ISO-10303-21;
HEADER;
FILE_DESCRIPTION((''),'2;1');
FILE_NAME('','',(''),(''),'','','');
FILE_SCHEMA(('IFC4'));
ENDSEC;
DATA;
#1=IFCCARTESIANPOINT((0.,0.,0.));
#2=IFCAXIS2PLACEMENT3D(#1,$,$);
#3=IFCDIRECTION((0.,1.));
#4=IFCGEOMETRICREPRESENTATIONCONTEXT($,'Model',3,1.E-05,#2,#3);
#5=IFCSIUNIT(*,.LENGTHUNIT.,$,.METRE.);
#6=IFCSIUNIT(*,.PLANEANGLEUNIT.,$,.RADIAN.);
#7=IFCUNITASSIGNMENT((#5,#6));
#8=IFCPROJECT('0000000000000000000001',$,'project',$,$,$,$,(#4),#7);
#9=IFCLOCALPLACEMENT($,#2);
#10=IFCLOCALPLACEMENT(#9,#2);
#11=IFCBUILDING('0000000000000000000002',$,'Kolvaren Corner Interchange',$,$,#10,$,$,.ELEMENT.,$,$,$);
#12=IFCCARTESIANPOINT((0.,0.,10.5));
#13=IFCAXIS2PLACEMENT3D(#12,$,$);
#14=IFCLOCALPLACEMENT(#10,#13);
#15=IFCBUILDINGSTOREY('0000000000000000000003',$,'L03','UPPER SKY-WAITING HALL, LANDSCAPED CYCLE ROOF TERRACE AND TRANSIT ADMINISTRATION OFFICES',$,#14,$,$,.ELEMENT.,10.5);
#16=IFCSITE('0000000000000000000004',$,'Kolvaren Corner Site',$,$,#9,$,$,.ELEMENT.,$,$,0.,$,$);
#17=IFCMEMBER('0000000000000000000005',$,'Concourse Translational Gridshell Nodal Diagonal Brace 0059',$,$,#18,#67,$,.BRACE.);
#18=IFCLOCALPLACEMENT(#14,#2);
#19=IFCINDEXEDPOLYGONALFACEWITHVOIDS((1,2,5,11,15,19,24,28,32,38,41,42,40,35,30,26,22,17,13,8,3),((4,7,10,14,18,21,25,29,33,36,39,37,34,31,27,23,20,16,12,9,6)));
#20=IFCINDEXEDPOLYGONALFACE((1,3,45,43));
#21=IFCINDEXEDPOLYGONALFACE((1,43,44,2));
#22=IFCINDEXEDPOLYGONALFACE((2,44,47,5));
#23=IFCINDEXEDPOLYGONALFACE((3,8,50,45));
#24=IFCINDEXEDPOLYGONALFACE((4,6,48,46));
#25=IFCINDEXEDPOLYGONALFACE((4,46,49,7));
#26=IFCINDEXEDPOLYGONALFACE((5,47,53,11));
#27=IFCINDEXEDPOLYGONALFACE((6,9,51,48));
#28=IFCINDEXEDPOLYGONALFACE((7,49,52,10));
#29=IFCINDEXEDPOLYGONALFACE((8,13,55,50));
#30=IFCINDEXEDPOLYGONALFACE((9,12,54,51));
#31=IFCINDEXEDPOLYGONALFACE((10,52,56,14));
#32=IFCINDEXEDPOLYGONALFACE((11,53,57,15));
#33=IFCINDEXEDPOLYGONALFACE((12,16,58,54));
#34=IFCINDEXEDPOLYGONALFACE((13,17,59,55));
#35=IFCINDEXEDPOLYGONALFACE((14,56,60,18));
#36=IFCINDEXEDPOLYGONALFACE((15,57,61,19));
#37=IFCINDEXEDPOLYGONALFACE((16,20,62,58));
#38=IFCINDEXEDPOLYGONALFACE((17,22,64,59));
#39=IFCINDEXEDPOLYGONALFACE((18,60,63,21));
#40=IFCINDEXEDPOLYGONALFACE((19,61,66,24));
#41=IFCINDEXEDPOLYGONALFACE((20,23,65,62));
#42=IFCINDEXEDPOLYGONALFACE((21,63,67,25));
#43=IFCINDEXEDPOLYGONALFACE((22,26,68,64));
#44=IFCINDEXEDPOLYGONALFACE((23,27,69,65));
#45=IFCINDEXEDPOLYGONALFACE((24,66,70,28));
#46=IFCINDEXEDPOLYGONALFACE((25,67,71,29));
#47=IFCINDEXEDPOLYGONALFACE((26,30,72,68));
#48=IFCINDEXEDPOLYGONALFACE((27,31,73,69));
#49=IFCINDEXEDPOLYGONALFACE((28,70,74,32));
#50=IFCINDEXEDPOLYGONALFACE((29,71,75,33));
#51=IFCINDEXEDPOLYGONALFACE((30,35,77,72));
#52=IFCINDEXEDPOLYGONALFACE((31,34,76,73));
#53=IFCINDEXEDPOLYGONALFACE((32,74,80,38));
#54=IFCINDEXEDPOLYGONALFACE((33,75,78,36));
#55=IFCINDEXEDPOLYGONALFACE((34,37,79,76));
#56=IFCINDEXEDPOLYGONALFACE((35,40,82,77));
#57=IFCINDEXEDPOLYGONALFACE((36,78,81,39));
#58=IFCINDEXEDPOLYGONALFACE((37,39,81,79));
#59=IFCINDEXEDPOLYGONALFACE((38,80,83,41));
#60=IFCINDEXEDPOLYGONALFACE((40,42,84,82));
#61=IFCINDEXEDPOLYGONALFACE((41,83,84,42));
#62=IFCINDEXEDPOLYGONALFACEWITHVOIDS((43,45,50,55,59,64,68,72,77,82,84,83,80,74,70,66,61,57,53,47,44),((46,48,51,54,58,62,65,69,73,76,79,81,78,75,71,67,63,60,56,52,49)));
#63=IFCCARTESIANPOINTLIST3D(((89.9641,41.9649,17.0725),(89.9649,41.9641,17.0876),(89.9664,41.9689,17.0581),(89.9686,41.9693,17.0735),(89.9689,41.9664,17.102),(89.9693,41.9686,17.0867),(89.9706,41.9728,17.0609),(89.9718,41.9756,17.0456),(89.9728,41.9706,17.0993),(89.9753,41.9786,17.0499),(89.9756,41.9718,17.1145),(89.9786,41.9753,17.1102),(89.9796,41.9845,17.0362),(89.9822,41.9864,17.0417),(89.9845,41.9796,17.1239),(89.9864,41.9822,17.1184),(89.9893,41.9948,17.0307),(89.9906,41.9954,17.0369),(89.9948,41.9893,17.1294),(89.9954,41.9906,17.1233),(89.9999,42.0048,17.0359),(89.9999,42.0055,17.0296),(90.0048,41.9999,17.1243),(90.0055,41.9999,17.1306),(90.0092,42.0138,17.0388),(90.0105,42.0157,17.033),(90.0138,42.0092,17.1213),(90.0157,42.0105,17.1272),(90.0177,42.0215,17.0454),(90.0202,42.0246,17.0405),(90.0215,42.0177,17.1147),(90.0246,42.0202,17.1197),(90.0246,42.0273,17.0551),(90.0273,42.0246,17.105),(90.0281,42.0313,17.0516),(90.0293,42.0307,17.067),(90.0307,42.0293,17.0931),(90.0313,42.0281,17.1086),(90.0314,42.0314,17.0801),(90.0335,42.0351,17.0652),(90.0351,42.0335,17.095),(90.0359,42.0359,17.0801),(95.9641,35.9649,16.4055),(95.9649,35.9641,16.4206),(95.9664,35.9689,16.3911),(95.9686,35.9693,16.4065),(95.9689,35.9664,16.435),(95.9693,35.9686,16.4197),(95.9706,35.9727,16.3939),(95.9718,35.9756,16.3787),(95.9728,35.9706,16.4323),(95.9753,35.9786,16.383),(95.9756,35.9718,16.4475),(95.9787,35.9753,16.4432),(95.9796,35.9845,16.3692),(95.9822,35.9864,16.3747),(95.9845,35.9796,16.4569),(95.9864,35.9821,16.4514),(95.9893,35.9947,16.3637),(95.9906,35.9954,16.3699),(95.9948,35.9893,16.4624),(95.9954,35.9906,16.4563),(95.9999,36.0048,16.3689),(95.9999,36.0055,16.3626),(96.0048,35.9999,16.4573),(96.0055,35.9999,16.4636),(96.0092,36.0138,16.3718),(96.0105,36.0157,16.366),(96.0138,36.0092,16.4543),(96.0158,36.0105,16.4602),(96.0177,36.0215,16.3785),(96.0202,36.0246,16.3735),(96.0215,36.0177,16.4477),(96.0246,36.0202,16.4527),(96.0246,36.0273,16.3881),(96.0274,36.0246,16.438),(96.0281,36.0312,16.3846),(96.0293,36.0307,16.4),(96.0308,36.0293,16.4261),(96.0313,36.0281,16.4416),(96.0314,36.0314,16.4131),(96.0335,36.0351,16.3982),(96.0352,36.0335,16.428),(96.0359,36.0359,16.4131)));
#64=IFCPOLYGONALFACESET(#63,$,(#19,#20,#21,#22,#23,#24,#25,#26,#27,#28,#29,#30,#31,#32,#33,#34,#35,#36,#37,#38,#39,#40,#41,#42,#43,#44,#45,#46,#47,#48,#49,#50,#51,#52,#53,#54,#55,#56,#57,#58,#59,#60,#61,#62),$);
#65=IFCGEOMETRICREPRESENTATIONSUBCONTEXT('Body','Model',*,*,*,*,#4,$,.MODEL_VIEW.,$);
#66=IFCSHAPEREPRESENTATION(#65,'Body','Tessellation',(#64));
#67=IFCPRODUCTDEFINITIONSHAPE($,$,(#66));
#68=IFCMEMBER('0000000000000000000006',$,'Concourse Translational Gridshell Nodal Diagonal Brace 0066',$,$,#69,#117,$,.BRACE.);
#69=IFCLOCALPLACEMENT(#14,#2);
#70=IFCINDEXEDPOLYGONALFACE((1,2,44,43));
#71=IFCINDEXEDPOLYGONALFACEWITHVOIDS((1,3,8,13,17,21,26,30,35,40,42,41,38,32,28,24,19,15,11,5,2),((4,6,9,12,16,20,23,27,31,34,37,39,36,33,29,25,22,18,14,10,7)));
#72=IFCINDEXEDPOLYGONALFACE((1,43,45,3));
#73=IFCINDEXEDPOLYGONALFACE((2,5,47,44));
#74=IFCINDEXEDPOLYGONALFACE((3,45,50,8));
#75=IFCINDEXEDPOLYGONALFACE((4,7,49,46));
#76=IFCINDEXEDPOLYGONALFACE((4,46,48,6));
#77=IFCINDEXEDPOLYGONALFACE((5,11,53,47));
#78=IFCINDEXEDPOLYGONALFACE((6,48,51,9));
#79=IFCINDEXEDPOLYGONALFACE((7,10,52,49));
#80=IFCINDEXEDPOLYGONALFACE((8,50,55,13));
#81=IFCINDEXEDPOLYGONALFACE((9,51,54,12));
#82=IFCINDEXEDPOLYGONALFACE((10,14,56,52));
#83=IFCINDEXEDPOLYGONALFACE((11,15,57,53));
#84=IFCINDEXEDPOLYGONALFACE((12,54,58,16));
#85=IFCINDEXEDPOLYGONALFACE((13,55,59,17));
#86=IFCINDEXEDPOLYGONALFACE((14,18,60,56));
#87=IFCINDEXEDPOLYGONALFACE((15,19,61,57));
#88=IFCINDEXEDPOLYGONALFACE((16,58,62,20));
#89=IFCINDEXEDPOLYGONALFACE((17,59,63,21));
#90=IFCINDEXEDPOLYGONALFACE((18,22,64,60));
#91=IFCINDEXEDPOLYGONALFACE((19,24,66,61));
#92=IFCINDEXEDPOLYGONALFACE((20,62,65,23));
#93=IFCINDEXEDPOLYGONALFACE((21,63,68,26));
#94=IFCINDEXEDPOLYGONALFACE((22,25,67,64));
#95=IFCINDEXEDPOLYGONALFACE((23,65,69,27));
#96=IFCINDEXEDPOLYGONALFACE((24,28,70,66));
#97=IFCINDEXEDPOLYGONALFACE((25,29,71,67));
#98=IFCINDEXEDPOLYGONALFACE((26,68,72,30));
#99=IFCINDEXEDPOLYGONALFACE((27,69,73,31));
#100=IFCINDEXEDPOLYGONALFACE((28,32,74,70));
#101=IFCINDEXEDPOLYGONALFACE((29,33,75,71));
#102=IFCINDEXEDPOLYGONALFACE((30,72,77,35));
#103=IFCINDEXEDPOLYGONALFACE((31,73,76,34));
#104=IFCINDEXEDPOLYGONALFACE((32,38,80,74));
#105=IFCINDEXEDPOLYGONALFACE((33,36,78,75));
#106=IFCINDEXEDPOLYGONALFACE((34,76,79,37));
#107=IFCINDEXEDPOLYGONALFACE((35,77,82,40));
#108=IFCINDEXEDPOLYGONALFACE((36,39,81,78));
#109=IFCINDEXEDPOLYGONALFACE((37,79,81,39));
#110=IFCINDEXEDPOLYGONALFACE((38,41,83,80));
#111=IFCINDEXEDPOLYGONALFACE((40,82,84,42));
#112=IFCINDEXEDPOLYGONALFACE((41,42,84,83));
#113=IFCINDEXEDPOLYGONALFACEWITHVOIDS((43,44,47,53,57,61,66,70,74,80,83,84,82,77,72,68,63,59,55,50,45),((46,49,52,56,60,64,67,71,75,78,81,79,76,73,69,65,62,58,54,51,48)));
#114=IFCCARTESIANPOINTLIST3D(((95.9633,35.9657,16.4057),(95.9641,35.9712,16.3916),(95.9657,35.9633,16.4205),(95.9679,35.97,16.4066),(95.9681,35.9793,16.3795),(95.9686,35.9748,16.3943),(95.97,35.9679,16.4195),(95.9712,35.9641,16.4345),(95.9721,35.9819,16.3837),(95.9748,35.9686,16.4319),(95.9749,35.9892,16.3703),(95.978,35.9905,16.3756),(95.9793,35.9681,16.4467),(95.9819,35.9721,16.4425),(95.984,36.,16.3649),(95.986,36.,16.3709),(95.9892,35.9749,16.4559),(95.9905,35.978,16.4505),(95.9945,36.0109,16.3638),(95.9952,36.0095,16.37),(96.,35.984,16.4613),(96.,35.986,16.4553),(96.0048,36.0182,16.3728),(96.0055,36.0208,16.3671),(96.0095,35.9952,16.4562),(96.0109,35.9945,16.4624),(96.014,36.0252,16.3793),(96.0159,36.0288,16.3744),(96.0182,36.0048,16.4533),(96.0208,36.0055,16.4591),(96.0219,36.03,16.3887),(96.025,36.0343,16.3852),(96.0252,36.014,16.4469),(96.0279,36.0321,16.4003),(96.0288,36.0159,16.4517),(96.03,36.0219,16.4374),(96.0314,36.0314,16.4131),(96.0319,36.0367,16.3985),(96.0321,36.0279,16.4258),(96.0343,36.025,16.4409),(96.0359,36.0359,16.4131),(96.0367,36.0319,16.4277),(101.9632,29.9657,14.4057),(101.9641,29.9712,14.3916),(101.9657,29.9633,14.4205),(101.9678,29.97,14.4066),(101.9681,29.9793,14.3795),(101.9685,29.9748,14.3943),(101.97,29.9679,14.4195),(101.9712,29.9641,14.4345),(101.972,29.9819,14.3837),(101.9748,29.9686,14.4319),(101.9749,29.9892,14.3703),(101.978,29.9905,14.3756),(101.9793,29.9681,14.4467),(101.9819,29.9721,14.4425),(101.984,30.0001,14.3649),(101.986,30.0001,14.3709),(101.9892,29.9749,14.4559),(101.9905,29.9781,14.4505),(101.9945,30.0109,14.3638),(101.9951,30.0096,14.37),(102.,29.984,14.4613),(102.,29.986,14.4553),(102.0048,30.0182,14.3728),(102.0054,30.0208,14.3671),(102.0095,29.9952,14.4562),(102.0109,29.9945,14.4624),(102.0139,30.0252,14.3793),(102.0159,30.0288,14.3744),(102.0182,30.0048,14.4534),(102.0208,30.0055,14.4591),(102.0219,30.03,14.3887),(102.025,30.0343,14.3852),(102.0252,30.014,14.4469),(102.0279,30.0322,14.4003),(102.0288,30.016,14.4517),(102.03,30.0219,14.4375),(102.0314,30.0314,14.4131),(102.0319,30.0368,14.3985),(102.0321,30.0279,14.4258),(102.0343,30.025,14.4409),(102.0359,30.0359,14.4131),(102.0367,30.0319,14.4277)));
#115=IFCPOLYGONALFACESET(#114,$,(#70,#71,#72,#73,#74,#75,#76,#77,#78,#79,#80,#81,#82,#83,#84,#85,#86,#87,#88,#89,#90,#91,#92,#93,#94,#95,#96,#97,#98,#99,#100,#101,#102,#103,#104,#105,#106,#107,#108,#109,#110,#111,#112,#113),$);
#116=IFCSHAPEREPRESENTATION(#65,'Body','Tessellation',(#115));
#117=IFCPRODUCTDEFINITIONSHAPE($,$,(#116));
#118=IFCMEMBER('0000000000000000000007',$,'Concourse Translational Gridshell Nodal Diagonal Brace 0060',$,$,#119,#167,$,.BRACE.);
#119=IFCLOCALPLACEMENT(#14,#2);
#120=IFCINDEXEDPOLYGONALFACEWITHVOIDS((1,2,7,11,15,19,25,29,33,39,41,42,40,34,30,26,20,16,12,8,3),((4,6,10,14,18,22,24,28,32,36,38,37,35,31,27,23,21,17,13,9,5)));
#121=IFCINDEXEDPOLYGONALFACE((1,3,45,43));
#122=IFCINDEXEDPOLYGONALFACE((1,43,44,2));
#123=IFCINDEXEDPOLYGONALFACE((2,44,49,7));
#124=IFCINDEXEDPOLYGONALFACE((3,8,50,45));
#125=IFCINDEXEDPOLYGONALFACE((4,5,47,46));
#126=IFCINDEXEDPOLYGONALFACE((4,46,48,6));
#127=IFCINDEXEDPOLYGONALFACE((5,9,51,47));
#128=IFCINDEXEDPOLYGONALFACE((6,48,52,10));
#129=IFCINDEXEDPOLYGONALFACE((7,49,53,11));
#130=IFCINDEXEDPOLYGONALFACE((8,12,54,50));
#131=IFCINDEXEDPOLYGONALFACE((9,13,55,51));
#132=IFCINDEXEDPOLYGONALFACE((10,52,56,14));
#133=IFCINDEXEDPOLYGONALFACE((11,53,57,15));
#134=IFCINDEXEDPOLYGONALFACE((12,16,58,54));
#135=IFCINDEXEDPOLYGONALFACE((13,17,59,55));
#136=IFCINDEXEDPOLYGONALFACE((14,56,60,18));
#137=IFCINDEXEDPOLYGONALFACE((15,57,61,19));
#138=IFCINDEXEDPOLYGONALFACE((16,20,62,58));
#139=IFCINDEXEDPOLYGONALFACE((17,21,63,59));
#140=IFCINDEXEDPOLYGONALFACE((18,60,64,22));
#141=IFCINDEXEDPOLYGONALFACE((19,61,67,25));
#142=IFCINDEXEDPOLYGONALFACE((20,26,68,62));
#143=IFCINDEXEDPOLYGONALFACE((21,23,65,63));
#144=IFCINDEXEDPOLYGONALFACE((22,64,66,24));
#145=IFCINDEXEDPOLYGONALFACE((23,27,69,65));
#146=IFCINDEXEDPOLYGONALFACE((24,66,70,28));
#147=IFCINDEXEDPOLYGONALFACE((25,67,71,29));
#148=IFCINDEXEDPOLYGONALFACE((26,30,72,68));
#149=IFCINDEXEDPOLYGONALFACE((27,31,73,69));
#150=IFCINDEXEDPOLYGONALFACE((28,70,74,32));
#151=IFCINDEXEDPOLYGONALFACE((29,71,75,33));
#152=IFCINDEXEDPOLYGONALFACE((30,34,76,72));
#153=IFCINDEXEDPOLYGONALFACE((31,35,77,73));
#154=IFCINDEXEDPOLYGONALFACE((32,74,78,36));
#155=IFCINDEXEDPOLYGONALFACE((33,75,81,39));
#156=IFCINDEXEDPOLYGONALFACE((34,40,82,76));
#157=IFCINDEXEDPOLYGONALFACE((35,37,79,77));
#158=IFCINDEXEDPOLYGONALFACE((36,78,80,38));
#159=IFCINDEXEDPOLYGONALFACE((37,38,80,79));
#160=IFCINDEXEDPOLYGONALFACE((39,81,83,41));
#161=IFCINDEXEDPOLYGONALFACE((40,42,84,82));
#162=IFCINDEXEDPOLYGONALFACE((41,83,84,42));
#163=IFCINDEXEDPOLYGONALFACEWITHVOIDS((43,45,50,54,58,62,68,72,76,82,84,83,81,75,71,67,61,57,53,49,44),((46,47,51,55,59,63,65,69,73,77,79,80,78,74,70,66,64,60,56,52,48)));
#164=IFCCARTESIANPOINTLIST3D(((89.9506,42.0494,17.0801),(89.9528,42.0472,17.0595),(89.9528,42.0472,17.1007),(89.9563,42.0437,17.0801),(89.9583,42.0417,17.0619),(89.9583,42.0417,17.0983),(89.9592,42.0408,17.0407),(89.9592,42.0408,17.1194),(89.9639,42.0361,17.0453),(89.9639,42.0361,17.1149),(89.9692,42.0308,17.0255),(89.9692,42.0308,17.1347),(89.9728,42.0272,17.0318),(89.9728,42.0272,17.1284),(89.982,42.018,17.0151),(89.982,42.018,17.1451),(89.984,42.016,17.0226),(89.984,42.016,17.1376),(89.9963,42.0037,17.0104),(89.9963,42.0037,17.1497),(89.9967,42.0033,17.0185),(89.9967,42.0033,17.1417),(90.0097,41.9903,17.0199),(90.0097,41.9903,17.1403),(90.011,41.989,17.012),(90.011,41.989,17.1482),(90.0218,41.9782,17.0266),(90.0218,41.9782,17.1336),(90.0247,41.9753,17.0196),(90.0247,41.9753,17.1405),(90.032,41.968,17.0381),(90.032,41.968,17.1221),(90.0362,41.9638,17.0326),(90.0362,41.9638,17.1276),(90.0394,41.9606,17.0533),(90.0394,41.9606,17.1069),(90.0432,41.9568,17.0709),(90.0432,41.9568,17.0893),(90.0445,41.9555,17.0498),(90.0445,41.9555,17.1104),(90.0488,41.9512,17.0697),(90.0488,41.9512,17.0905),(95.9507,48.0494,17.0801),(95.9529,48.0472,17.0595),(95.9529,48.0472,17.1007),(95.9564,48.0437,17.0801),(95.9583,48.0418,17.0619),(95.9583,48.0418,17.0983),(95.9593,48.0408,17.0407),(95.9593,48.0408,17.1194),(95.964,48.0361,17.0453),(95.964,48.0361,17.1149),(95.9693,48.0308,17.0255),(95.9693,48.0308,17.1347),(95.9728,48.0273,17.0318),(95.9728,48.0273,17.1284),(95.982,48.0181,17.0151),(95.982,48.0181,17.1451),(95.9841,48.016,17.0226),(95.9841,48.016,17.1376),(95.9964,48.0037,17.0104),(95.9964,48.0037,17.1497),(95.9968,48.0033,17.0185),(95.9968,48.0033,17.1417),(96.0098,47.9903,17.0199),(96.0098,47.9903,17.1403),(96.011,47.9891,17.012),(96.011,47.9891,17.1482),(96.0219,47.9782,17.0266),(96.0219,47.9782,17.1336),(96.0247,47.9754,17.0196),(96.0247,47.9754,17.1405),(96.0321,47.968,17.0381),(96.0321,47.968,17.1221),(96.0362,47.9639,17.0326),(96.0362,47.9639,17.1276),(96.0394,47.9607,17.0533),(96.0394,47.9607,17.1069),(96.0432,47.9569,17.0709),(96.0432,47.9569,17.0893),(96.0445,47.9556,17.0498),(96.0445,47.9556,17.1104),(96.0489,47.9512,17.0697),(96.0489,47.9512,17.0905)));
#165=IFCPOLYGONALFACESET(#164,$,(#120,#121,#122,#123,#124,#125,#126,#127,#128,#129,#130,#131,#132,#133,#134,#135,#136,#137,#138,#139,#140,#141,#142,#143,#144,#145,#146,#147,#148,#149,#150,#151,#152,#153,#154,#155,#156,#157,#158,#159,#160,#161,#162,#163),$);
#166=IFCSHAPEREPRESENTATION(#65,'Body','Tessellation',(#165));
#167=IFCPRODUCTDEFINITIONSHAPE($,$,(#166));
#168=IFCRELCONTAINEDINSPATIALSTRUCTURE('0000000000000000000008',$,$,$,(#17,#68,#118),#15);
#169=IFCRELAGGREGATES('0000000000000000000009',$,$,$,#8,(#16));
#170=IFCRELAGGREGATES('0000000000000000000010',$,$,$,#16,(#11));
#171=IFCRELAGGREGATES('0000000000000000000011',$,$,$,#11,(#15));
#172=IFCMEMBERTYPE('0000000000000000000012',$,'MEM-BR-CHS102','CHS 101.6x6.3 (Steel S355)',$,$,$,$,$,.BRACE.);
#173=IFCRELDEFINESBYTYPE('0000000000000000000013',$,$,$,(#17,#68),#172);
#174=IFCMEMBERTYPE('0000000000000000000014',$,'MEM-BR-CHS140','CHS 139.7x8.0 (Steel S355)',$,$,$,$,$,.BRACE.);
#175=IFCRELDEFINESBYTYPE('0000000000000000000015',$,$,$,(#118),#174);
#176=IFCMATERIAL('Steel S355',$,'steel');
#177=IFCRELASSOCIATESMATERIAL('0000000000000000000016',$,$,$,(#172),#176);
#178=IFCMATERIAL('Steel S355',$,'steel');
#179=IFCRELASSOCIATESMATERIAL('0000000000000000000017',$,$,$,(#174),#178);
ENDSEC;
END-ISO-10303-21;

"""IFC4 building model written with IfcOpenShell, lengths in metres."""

from ifc_helpers import new_model, si_unit, direction, frame, origin, origin_2d, place, context, subcontext, project, spatial, hollow_circle, extrude, material, material_profile, profile_set, type_object, element, save


model = new_model("IFC4")

# Units and contexts
model_context = context("Model", 3, precision=1e-05, world=origin(), true_north=direction((0.0, 1.0)))
body_context = subcontext(model_context, "Body", "Model", "MODEL_VIEW")
ifc_project = project(units=[si_unit("LENGTHUNIT", "METRE"), si_unit("PLANEANGLEUNIT", "RADIAN")], contexts=[model_context])

# Site, building, storey
site_placement = place(None, origin())
site = spatial("IfcSite", under=ifc_project, at=site_placement, Name="Kolvaren Corner Site", CompositionType="ELEMENT", RefElevation=0.0)
building_placement = place(site_placement, origin())
building = spatial("IfcBuilding", under=site, at=building_placement, Name="Kolvaren Corner Interchange", CompositionType="ELEMENT")
storey_placement = place(building_placement, frame((0.0, 0.0, 10.5)))
storey = spatial("IfcBuildingStorey", under=building, at=storey_placement, Name="L03", Description="UPPER SKY-WAITING HALL, LANDSCAPED CYCLE ROOF TERRACE AND TRANSIT ADMINISTRATION OFFICES", CompositionType="ELEMENT", Elevation=10.5)

# Members
ifc_material_1 = material(Name="Steel S355", Category="steel")
ifc_material_profile_1 = material_profile(ifc_material_1, hollow_circle(Radius=0.0508, WallThickness=0.0063, at=origin_2d()), Name="CHS 101.6x6.3")
ifc_profile_set_1 = profile_set([ifc_material_profile_1], Name="Steel S355")
member_type_1 = type_object("IfcMemberType", Name="MEM-BR-CHS102", Description="CHS 101.6x6.3 (Steel S355)", PredefinedType="BRACE", material=ifc_profile_set_1)
member_1_placement = place(storey_placement, frame((90.0, 42.0, 17.0801), z_axis=(0.704932, -0.704932, -0.078364), x_axis=(0.707107, 0.707107, 0.0)))
element("IfcMember", 1, at=member_1_placement, inside=storey, type_object=member_type_1, Name="Concourse Translational Gridshell Nodal Diagonal Brace 0059", PredefinedType="BRACE", context=body_context, shape_type="SweptSolid", body=[
    extrude(hollow_circle(Radius=0.0508, WallThickness=0.0063, at=origin_2d()), origin(), (0.0, 0.0, 1.0), 8.5115),
])
member_2_placement = place(storey_placement, frame((96.0, 36.0, 16.4131), z_axis=(0.688247, -0.688247, -0.229416), x_axis=(0.707107, 0.707107, 0.0)))
element("IfcMember", 2, at=member_2_placement, inside=storey, type_object=member_type_1, Name="Concourse Translational Gridshell Nodal Diagonal Brace 0066", PredefinedType="BRACE", context=body_context, shape_type="SweptSolid", body=[
    extrude(hollow_circle(Radius=0.0508, WallThickness=0.0063, at=origin_2d()), origin(), (0.0, 0.0, 1.0), 8.7178),
])
ifc_material_2 = material(Name="Steel S355", Category="steel")
ifc_material_profile_2 = material_profile(ifc_material_2, hollow_circle(Radius=0.0698, WallThickness=0.0081, at=origin_2d()), Name="CHS 139.7x8.0")
ifc_profile_set_2 = profile_set([ifc_material_profile_2], Name="Steel S355")
member_type_2 = type_object("IfcMemberType", Name="MEM-BR-CHS140", Description="CHS 139.7x8.0 (Steel S355)", PredefinedType="BRACE", material=ifc_profile_set_2)
member_3_placement = place(storey_placement, frame((90.0, 42.0, 17.0801), z_axis=(0.707107, 0.707107, 0.0), x_axis=(-0.707107, 0.707107, 0.0)))
element("IfcMember", 3, at=member_3_placement, inside=storey, type_object=member_type_2, Name="Concourse Translational Gridshell Nodal Diagonal Brace 0060", PredefinedType="BRACE", context=body_context, shape_type="SweptSolid", body=[
    extrude(hollow_circle(Radius=0.0698, WallThickness=0.0081, at=origin_2d()), origin(), (0.0, 0.0, 1.0), 8.4854),
])

save(model, "model.ifc")
